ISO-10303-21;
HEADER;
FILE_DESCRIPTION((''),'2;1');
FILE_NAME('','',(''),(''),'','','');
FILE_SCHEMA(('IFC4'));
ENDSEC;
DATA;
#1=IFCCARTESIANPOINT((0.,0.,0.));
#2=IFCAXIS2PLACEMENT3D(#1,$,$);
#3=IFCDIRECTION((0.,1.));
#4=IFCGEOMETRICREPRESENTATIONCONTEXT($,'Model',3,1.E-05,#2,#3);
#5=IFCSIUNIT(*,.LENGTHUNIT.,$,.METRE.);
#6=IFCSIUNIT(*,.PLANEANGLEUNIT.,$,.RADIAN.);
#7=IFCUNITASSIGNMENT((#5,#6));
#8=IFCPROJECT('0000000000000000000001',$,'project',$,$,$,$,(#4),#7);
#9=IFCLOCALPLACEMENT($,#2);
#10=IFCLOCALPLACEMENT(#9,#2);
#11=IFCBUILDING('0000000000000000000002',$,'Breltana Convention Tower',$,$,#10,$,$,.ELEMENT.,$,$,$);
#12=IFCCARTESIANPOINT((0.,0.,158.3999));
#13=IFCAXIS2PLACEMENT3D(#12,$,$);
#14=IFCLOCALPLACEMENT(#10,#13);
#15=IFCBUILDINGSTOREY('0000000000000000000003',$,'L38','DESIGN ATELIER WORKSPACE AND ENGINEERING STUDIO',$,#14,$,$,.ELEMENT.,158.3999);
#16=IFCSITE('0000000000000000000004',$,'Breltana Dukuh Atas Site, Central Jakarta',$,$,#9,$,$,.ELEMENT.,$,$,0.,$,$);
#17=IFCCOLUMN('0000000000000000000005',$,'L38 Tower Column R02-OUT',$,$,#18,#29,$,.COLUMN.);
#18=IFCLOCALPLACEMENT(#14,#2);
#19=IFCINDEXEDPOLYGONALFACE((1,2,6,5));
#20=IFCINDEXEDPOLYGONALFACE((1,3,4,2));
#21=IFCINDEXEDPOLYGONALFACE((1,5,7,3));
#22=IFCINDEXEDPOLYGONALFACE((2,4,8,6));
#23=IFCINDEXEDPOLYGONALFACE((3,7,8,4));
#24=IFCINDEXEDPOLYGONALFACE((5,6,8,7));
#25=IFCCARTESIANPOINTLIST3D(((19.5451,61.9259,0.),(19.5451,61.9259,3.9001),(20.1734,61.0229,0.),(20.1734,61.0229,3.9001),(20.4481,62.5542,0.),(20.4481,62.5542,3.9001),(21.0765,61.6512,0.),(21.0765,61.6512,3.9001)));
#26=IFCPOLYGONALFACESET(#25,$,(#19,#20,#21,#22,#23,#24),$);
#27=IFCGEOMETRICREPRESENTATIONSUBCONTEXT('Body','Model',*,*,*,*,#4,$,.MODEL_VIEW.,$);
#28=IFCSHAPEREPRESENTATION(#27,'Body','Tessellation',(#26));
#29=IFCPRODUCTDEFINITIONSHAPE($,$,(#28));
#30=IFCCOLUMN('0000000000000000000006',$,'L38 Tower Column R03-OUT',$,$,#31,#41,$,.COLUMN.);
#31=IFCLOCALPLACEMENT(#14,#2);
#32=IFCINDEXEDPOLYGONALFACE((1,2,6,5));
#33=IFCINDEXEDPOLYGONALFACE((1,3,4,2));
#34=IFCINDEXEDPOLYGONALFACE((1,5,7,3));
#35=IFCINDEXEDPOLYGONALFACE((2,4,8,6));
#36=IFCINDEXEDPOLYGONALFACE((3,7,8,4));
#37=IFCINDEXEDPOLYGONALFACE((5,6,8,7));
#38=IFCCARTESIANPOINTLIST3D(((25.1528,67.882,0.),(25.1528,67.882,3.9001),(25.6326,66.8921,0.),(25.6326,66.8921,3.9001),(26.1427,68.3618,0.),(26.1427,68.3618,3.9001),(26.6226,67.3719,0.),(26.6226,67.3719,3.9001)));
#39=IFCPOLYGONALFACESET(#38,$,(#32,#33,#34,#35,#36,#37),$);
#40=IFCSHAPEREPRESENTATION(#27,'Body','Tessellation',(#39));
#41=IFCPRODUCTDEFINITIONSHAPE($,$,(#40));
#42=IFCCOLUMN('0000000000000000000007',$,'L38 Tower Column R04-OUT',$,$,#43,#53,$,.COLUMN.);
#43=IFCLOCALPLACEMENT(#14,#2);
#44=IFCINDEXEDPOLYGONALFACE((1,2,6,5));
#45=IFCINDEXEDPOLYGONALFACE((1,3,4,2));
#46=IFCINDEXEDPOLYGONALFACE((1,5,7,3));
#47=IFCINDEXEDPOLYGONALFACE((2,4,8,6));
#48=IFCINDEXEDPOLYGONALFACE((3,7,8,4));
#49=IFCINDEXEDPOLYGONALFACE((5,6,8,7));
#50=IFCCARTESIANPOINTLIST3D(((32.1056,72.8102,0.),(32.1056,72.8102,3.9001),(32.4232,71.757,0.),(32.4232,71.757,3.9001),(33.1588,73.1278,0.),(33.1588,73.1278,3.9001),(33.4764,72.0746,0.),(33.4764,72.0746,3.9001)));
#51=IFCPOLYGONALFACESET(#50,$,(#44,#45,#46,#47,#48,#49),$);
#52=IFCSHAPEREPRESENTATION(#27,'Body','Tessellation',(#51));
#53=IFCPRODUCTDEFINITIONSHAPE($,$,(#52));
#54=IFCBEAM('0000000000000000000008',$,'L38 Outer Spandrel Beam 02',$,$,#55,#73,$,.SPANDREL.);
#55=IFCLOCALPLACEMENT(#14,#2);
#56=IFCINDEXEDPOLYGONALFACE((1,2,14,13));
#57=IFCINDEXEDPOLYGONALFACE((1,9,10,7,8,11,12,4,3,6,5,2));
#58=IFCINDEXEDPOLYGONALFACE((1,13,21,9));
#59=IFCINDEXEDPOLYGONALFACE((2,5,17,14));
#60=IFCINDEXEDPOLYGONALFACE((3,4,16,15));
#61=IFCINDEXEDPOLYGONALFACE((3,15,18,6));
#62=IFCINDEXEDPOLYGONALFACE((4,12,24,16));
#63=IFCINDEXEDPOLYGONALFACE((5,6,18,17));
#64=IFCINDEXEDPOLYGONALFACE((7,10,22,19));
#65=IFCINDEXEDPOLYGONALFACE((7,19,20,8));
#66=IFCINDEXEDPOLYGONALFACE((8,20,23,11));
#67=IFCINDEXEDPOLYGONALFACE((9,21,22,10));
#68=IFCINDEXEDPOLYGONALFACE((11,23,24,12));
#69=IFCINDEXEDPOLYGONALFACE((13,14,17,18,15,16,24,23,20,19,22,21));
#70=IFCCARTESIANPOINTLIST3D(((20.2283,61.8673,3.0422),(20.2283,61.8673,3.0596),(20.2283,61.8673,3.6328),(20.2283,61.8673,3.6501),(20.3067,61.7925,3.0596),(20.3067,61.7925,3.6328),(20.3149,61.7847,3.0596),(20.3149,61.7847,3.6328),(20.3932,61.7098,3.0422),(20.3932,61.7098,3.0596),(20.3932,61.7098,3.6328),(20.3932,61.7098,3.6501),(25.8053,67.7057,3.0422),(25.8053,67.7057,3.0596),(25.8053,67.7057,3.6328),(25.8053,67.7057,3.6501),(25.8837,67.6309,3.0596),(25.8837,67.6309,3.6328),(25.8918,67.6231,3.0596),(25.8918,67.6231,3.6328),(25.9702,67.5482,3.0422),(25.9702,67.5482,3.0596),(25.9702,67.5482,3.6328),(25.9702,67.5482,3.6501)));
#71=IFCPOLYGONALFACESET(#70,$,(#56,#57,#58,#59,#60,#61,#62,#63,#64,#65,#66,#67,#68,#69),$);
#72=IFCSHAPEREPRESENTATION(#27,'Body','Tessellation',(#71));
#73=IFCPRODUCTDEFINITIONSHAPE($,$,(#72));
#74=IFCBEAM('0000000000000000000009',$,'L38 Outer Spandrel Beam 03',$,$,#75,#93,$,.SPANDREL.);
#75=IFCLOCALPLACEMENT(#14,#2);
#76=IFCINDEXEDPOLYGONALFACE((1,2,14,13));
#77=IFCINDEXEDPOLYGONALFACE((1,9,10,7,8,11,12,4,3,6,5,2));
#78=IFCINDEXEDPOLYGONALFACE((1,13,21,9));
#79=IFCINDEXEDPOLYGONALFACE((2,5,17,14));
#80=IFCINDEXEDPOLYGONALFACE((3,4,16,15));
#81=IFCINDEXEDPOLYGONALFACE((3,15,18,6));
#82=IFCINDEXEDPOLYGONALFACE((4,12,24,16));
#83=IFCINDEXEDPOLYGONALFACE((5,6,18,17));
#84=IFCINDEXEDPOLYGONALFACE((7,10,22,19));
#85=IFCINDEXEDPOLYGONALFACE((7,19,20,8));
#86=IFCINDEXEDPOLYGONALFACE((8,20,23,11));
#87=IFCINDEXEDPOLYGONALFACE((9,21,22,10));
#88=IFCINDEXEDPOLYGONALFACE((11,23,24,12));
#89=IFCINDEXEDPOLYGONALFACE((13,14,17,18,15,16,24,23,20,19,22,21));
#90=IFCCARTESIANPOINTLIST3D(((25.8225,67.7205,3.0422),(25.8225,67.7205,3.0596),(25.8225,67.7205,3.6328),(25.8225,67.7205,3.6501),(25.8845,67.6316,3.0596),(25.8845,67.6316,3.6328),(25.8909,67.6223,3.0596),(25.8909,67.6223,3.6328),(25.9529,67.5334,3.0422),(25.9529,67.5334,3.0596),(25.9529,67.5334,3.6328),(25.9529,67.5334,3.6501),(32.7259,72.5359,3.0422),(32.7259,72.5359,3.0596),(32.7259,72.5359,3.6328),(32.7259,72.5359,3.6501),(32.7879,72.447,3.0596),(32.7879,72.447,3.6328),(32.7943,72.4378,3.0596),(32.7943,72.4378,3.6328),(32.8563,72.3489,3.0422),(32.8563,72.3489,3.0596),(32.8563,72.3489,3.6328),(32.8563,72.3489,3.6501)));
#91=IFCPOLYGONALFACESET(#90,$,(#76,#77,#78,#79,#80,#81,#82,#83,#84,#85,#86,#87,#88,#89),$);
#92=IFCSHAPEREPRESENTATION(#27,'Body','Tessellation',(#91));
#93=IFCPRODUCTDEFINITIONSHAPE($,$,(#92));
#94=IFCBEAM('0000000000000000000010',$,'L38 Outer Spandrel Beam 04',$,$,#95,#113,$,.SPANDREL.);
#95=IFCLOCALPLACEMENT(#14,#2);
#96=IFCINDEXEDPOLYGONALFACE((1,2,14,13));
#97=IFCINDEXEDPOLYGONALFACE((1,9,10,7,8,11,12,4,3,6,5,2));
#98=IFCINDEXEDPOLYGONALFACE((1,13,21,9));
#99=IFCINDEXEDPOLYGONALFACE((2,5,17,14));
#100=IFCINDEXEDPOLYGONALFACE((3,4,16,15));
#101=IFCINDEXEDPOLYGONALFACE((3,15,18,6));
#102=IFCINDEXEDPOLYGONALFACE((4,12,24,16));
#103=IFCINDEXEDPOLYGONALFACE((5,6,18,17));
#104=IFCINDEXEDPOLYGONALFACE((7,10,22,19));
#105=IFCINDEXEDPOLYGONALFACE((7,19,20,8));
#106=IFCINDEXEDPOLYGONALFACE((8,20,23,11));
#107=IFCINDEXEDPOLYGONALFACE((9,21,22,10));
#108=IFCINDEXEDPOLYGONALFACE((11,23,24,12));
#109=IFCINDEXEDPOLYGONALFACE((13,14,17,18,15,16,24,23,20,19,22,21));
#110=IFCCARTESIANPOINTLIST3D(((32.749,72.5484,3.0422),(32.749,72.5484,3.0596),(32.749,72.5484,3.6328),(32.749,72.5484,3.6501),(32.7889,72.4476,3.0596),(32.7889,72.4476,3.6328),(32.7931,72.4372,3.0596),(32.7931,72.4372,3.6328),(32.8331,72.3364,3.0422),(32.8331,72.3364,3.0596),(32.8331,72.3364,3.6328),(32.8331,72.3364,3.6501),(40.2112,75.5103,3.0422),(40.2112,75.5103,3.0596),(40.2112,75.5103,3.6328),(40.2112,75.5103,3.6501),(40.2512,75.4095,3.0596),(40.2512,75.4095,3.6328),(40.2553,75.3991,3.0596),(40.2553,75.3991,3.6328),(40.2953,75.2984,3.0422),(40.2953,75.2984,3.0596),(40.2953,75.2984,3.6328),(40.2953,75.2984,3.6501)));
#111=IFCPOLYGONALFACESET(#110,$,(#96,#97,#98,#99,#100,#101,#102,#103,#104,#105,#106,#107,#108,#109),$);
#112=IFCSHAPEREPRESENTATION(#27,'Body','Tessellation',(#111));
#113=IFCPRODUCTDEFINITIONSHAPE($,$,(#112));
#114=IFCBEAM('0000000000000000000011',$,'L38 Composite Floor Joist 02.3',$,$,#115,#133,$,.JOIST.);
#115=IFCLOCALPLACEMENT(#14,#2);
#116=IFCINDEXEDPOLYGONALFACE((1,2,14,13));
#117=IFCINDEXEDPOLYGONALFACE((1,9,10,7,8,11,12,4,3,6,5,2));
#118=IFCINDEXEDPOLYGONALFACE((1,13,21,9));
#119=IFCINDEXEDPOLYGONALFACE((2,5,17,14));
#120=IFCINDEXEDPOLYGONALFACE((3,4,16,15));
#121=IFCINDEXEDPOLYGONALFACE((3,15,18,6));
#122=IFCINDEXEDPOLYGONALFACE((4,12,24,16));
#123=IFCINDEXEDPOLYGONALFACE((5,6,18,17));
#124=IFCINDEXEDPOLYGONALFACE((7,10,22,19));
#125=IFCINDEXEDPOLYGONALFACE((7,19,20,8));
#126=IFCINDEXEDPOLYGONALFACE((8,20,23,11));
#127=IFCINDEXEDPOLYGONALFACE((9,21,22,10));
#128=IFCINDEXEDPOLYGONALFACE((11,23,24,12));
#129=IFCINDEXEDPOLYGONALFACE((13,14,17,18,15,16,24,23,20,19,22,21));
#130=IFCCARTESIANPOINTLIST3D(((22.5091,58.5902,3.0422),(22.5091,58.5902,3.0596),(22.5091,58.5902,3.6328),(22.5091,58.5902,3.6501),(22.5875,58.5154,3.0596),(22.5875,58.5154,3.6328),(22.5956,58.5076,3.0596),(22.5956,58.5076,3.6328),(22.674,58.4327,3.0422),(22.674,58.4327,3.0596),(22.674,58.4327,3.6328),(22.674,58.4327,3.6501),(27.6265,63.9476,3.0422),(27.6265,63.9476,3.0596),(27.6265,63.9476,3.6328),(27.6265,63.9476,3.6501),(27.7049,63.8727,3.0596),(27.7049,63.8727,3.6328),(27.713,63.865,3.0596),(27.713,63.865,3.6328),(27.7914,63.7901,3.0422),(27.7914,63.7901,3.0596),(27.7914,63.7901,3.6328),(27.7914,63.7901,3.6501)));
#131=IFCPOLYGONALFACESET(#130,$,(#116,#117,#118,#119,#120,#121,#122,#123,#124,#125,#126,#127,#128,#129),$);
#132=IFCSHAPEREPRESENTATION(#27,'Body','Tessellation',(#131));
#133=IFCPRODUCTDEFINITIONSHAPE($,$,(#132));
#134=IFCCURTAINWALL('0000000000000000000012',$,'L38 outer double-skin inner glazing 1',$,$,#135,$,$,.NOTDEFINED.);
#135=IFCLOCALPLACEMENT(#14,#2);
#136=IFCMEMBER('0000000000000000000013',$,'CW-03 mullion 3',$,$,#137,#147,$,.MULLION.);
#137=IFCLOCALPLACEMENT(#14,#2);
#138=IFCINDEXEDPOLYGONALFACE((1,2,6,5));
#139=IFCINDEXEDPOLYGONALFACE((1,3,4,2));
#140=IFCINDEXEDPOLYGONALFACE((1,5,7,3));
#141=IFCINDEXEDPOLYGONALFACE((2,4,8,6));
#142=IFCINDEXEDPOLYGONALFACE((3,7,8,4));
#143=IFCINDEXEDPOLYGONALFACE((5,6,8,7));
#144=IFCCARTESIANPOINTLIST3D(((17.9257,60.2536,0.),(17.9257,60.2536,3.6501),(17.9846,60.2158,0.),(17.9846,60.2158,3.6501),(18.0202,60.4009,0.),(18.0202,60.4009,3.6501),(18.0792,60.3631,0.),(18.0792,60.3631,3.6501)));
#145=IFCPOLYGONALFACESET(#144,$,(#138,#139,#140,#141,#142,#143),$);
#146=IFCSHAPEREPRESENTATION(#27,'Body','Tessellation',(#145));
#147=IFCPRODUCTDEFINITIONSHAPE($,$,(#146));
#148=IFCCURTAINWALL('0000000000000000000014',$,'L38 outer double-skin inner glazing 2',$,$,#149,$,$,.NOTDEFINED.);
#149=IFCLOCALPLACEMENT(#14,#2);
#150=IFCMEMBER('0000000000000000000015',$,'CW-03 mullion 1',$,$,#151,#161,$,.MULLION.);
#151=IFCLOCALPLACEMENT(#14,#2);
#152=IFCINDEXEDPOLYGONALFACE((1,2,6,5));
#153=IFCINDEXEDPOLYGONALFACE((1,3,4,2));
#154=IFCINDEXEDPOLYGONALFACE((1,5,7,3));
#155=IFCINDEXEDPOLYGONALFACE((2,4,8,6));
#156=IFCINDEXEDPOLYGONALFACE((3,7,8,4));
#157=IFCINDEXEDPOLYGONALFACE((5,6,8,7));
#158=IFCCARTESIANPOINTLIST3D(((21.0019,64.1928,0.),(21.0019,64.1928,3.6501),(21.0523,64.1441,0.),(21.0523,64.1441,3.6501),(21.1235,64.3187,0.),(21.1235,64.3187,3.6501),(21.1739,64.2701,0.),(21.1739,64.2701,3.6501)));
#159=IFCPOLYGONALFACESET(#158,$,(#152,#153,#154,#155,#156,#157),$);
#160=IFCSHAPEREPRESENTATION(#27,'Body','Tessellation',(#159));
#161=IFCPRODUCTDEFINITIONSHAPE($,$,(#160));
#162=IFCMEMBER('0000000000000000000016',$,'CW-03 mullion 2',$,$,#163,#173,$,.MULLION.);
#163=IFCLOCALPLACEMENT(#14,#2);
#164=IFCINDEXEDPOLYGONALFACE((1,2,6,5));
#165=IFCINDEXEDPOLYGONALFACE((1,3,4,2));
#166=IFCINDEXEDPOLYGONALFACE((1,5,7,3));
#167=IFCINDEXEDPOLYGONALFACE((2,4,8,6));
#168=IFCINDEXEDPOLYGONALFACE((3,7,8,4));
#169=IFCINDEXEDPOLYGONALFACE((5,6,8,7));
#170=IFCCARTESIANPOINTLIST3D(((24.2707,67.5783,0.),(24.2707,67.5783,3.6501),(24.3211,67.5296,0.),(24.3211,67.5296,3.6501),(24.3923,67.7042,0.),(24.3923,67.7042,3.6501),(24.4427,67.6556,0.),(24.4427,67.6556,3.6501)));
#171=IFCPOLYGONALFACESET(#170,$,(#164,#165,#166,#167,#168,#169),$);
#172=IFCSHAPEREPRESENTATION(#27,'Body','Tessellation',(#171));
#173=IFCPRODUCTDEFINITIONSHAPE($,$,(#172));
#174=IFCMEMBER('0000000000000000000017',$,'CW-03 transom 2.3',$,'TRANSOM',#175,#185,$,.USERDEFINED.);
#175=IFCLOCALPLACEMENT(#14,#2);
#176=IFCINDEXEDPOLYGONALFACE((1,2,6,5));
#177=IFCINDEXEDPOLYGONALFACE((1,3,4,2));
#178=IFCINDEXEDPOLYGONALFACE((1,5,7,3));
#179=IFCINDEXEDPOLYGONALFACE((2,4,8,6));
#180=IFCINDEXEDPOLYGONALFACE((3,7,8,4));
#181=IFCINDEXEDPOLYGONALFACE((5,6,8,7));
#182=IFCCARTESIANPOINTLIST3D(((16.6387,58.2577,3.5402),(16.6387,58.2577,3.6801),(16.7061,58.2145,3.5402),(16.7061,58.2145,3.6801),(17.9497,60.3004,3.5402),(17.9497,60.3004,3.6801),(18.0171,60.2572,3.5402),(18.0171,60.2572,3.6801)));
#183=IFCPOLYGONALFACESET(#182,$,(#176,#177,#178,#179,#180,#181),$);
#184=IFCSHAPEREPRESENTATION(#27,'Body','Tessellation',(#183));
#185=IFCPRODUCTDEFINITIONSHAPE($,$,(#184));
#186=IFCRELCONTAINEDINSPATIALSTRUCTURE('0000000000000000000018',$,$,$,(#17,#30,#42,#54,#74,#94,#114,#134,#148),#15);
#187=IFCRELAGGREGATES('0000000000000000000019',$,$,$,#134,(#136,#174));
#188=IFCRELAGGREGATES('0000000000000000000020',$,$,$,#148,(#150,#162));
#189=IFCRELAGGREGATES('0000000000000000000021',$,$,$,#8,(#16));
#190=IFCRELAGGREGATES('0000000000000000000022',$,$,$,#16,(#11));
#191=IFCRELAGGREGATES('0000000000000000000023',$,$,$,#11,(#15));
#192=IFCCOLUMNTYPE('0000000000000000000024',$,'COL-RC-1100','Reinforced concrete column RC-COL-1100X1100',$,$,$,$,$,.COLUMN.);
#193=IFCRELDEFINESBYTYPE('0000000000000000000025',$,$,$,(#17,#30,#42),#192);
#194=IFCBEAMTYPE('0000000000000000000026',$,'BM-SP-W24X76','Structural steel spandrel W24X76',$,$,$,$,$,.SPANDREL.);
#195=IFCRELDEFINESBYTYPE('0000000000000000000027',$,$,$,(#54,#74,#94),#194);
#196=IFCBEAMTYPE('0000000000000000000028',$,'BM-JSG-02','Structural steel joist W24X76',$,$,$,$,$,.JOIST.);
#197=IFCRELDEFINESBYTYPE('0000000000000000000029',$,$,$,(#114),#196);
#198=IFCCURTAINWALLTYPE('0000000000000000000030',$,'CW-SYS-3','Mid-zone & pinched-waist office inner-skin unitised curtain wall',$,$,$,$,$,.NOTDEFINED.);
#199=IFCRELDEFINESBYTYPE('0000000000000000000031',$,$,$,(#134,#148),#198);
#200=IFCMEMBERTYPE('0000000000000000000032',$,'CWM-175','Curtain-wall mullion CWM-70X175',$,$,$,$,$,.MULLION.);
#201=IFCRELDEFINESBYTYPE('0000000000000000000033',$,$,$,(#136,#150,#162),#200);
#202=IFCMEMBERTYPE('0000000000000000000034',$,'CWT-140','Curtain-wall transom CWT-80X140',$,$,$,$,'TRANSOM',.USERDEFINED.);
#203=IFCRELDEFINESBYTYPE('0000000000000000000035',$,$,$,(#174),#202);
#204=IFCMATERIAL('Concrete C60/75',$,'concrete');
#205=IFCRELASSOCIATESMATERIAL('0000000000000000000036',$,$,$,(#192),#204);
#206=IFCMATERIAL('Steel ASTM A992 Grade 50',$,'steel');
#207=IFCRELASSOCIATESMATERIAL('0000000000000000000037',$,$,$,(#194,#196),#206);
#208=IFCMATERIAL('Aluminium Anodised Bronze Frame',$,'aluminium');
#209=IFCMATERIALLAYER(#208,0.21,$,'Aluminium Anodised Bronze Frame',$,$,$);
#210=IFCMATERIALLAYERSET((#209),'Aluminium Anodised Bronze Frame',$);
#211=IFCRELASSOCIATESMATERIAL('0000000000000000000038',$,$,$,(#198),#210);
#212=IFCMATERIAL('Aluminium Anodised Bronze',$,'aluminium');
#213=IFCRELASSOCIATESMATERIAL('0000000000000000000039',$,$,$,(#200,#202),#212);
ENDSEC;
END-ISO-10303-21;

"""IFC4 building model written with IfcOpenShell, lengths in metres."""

from ifc_helpers import new_model, si_unit, direction, frame, origin, origin_2d, place, context, subcontext, project, spatial, rectangle, i_section, extrude, source, transform, mapped, material, layer, layer_set, material_profile, profile_set, type_object, element, aggregate, save


model = new_model("IFC4")

# Units and contexts
model_context = context("Model", 3, precision=1e-05, world=origin(), true_north=direction((0.0, 1.0)))
body_context = subcontext(model_context, "Body", "Model", "MODEL_VIEW")
ifc_project = project(units=[si_unit("LENGTHUNIT", "METRE"), si_unit("PLANEANGLEUNIT", "RADIAN")], contexts=[model_context])

# Site, building, storey
site_placement = place(None, origin())
site = spatial("IfcSite", under=ifc_project, at=site_placement, Name="Breltana Dukuh Atas Site, Central Jakarta", CompositionType="ELEMENT", RefElevation=0.0)
building_placement = place(site_placement, origin())
building = spatial("IfcBuilding", under=site, at=building_placement, Name="Breltana Convention Tower", CompositionType="ELEMENT")
storey_placement = place(building_placement, frame((0.0, 0.0, 158.3999)))
storey = spatial("IfcBuildingStorey", under=building, at=storey_placement, Name="L38", Description="DESIGN ATELIER WORKSPACE AND ENGINEERING STUDIO", CompositionType="ELEMENT", Elevation=158.3999)

# Columns
ifc_material_1 = material(Name="Concrete C60/75", Category="concrete")
ifc_material_profile_1 = material_profile(ifc_material_1, rectangle(XDim=1.1001, YDim=1.1001, at=origin_2d()), Name="RC-COL-1100X1100")
ifc_profile_set_1 = profile_set([ifc_material_profile_1], Name="Concrete C60/75")
column_type = type_object("IfcColumnType", Name="COL-RC-1100", Description="Reinforced concrete column RC-COL-1100X1100", PredefinedType="COLUMN", material=ifc_profile_set_1)
shared_shape_1 = source(origin(), body_context, "Body", "SweptSolid", [
    extrude(rectangle(XDim=1.1001, YDim=1.1001, at=origin_2d()), origin(), (0.0, 0.0, 1.0), 3.9001),
])
for number, where, z_axis, x_axis, name in (
    (1, (20.3108, 61.7886, 0.0), (0.0, 0.0, 1.0), (-0.571143, 0.82085, 0.0), "L38 Tower Column R02-OUT"),
    (2, (25.8877, 67.627, 0.0), (0.0, 0.0, 1.0), (-0.436174, 0.899863, 0.0), "L38 Tower Column R03-OUT"),
    (3, (32.791, 72.4424, 0.0), (0.0, 0.0, 1.0), (-0.288698, 0.95742, 0.0), "L38 Tower Column R04-OUT"),
):
    element("IfcColumn", number, at=place(storey_placement, frame(where, z_axis=z_axis, x_axis=x_axis)), inside=storey, type_object=column_type, Name=name, PredefinedType="COLUMN", context=body_context, shape_type="MappedRepresentation", body=[
        mapped(shared_shape_1, transform((0.0, 0.0, 0.0), scale=1.0)),
    ])

# Beams
ifc_material_2 = material(Name="Steel ASTM A992 Grade 50", Category="steel")
ifc_material_profile_2 = material_profile(ifc_material_2, i_section(OverallWidth=0.228, OverallDepth=0.6079, WebThickness=0.0112, FlangeThickness=0.0173, at=origin_2d()), Name="W24X76")
ifc_profile_set_2 = profile_set([ifc_material_profile_2], Name="Steel ASTM A992 Grade 50")
beam_type_1 = type_object("IfcBeamType", Name="BM-SP-W24X76", Description="Structural steel spandrel W24X76", PredefinedType="SPANDREL", material=ifc_profile_set_2)
shared_shape_2 = source(origin(), body_context, "Body", "SweptSolid", [
    extrude(i_section(OverallWidth=0.228, OverallDepth=0.6079, WebThickness=0.0112, FlangeThickness=0.0173, at=origin_2d()), origin(), (0.0, 0.0, 1.0), 8.074),
])
beam_1_placement = place(storey_placement, frame((20.3108, 61.7886, 3.3462), z_axis=(0.690729, 0.723114, 0.0), x_axis=(-0.723114, 0.690729, 0.0)))
element("IfcBeam", 4, at=beam_1_placement, inside=storey, type_object=beam_type_1, Name="L38 Outer Spandrel Beam 02", PredefinedType="SPANDREL", context=body_context, shape_type="MappedRepresentation", body=[
    mapped(shared_shape_2, transform((0.0, 0.0, 0.0), scale=1.0)),
])
shared_shape_3 = source(origin(), body_context, "Body", "SweptSolid", [
    extrude(i_section(OverallWidth=0.228, OverallDepth=0.6079, WebThickness=0.0112, FlangeThickness=0.0173, at=origin_2d()), origin(), (0.0, 0.0, 1.0), 8.417),
])
beam_2_placement = place(storey_placement, frame((25.8877, 67.627, 3.3462), z_axis=(0.820174, 0.572114, 0.0), x_axis=(-0.572114, 0.820174, 0.0)))
element("IfcBeam", 5, at=beam_2_placement, inside=storey, type_object=beam_type_1, Name="L38 Outer Spandrel Beam 03", PredefinedType="SPANDREL", context=body_context, shape_type="MappedRepresentation", body=[
    mapped(shared_shape_3, transform((0.0, 0.0, 0.0), scale=1.0)),
])
shared_shape_4 = source(origin(), body_context, "Body", "SweptSolid", [
    extrude(i_section(OverallWidth=0.228, OverallDepth=0.6079, WebThickness=0.0112, FlangeThickness=0.0173, at=origin_2d()), origin(), (0.0, 0.0, 1.0), 8.0286),
])
beam_3_placement = place(storey_placement, frame((32.791, 72.4424, 3.3462), z_axis=(0.929459, 0.368925, 0.0), x_axis=(-0.368925, 0.929459, 0.0)))
element("IfcBeam", 6, at=beam_3_placement, inside=storey, type_object=beam_type_1, Name="L38 Outer Spandrel Beam 04", PredefinedType="SPANDREL", context=body_context, shape_type="MappedRepresentation", body=[
    mapped(shared_shape_4, transform((0.0, 0.0, 0.0), scale=1.0)),
])
ifc_material_profile_3 = material_profile(ifc_material_2, i_section(OverallWidth=0.228, OverallDepth=0.6079, WebThickness=0.0112, FlangeThickness=0.0173, at=origin_2d()), Name="W24X76")
ifc_profile_set_3 = profile_set([ifc_material_profile_3], Name="Steel ASTM A992 Grade 50")
beam_type_2 = type_object("IfcBeamType", Name="BM-JSG-02", Description="Structural steel joist W24X76", PredefinedType="JOIST", material=ifc_profile_set_3)
shared_shape_5 = source(origin(), body_context, "Body", "SweptSolid", [
    extrude(i_section(OverallWidth=0.228, OverallDepth=0.6079, WebThickness=0.0112, FlangeThickness=0.0173, at=origin_2d()), origin(), (0.0, 0.0, 1.0), 7.4087),
])
beam_4_placement = place(storey_placement, frame((22.5916, 58.5115, 3.3462), z_axis=(0.690725, 0.723118, 0.0), x_axis=(-0.723118, 0.690725, 0.0)))
element("IfcBeam", 7, at=beam_4_placement, inside=storey, type_object=beam_type_2, Name="L38 Composite Floor Joist 02.3", PredefinedType="JOIST", context=body_context, shape_type="MappedRepresentation", body=[
    mapped(shared_shape_5, transform((0.0, 0.0, 0.0), scale=1.0)),
])

# Curtain wall, member
ifc_material_3 = material(Name="Aluminium Anodised Bronze Frame", Category="aluminium")
ifc_layer_1 = layer(ifc_material_3, 0.21, Name="Aluminium Anodised Bronze Frame")
ifc_layer_set_1 = layer_set([ifc_layer_1], Name="Aluminium Anodised Bronze Frame")
curtain_wall_type = type_object("IfcCurtainWallType", Name="CW-SYS-3", Description="Mid-zone & pinched-waist office inner-skin unitised curtain wall", PredefinedType="NOTDEFINED", material=ifc_layer_set_1)
curtain_wall_1_placement = place(storey_placement, origin())
curtain_wall_1 = element("IfcCurtainWall", 8, at=curtain_wall_1_placement, inside=storey, type_object=curtain_wall_type, Name="L38 outer double-skin inner glazing 1", PredefinedType="NOTDEFINED")
ifc_material_4 = material(Name="Aluminium Anodised Bronze", Category="aluminium")
ifc_material_profile_4 = material_profile(ifc_material_4, rectangle(XDim=0.0701, YDim=0.175, at=origin_2d()), Name="CWM-70X175")
ifc_profile_set_4 = profile_set([ifc_material_profile_4], Name="Aluminium Anodised Bronze")
member_type_1 = type_object("IfcMemberType", Name="CWM-175", Description="Curtain-wall mullion CWM-70X175", PredefinedType="MULLION", material=ifc_profile_set_4)
shared_shape_6 = source(origin(), body_context, "Body", "SweptSolid", [
    extrude(rectangle(XDim=0.0701, YDim=0.175, at=origin_2d()), origin(), (0.0, 0.0, 1.0), 3.6501),
])
member_1_placement = place(storey_placement, frame((18.0024, 60.3083, 0.0), z_axis=(0.0, 0.0, 1.0), x_axis=(-0.841554, 0.540173, 0.0)))
member_1 = element("IfcMember", 9, at=member_1_placement, type_object=member_type_1, Name="CW-03 mullion 3", PredefinedType="MULLION", context=body_context, shape_type="MappedRepresentation", body=[
    mapped(shared_shape_6, transform((0.0, 0.0, 0.0), scale=1.0)),
])

# Curtain wall, members
curtain_wall_2_placement = place(storey_placement, origin())
curtain_wall_2 = element("IfcCurtainWall", 10, at=curtain_wall_2_placement, inside=storey, type_object=curtain_wall_type, Name="L38 outer double-skin inner glazing 2", PredefinedType="NOTDEFINED")
member_2_placement = place(storey_placement, frame((21.0879, 64.2314, 0.0), z_axis=(0.0, 0.0, 1.0), x_axis=(-0.719394, 0.694603, 0.0)))
member_2 = element("IfcMember", 11, at=member_2_placement, type_object=member_type_1, Name="CW-03 mullion 1", PredefinedType="MULLION", context=body_context, shape_type="MappedRepresentation", body=[
    mapped(shared_shape_6, transform((0.0, 0.0, 0.0), scale=1.0)),
])
member_3_placement = place(storey_placement, frame((24.3567, 67.6169, 0.0), z_axis=(0.0, 0.0, 1.0), x_axis=(-0.719394, 0.694603, 0.0)))
member_3 = element("IfcMember", 12, at=member_3_placement, type_object=member_type_1, Name="CW-03 mullion 2", PredefinedType="MULLION", context=body_context, shape_type="MappedRepresentation", body=[
    mapped(shared_shape_6, transform((0.0, 0.0, 0.0), scale=1.0)),
])

# Member
ifc_material_profile_5 = material_profile(ifc_material_4, rectangle(XDim=0.0801, YDim=0.1399, at=origin_2d()), Name="CWT-80X140")
ifc_profile_set_5 = profile_set([ifc_material_profile_5], Name="Aluminium Anodised Bronze")
member_type_2 = type_object("IfcMemberType", Name="CWT-140", Description="Curtain-wall transom CWT-80X140", ElementType="TRANSOM", PredefinedType="USERDEFINED", material=ifc_profile_set_5)
shared_shape_7 = source(origin(), body_context, "Body", "SweptSolid", [
    extrude(rectangle(XDim=0.0801, YDim=0.1399, at=origin_2d()), origin(), (0.0, 0.0, 1.0), 2.4272),
])
member_4_placement = place(storey_placement, frame((16.6724, 58.2361, 3.6101), z_axis=(0.540132, 0.84158, 0.0), x_axis=(-0.84158, 0.540132, 0.0)))
member_4 = element("IfcMember", 13, at=member_4_placement, type_object=member_type_2, Name="CW-03 transom 2.3", ObjectType="TRANSOM", PredefinedType="USERDEFINED", context=body_context, shape_type="MappedRepresentation", body=[
    mapped(shared_shape_7, transform((0.0, 0.0, 0.0), scale=1.0)),
])

aggregate(curtain_wall_1, [member_1, member_4])
aggregate(curtain_wall_2, [member_2, member_3])

save(model, "model.ifc")
